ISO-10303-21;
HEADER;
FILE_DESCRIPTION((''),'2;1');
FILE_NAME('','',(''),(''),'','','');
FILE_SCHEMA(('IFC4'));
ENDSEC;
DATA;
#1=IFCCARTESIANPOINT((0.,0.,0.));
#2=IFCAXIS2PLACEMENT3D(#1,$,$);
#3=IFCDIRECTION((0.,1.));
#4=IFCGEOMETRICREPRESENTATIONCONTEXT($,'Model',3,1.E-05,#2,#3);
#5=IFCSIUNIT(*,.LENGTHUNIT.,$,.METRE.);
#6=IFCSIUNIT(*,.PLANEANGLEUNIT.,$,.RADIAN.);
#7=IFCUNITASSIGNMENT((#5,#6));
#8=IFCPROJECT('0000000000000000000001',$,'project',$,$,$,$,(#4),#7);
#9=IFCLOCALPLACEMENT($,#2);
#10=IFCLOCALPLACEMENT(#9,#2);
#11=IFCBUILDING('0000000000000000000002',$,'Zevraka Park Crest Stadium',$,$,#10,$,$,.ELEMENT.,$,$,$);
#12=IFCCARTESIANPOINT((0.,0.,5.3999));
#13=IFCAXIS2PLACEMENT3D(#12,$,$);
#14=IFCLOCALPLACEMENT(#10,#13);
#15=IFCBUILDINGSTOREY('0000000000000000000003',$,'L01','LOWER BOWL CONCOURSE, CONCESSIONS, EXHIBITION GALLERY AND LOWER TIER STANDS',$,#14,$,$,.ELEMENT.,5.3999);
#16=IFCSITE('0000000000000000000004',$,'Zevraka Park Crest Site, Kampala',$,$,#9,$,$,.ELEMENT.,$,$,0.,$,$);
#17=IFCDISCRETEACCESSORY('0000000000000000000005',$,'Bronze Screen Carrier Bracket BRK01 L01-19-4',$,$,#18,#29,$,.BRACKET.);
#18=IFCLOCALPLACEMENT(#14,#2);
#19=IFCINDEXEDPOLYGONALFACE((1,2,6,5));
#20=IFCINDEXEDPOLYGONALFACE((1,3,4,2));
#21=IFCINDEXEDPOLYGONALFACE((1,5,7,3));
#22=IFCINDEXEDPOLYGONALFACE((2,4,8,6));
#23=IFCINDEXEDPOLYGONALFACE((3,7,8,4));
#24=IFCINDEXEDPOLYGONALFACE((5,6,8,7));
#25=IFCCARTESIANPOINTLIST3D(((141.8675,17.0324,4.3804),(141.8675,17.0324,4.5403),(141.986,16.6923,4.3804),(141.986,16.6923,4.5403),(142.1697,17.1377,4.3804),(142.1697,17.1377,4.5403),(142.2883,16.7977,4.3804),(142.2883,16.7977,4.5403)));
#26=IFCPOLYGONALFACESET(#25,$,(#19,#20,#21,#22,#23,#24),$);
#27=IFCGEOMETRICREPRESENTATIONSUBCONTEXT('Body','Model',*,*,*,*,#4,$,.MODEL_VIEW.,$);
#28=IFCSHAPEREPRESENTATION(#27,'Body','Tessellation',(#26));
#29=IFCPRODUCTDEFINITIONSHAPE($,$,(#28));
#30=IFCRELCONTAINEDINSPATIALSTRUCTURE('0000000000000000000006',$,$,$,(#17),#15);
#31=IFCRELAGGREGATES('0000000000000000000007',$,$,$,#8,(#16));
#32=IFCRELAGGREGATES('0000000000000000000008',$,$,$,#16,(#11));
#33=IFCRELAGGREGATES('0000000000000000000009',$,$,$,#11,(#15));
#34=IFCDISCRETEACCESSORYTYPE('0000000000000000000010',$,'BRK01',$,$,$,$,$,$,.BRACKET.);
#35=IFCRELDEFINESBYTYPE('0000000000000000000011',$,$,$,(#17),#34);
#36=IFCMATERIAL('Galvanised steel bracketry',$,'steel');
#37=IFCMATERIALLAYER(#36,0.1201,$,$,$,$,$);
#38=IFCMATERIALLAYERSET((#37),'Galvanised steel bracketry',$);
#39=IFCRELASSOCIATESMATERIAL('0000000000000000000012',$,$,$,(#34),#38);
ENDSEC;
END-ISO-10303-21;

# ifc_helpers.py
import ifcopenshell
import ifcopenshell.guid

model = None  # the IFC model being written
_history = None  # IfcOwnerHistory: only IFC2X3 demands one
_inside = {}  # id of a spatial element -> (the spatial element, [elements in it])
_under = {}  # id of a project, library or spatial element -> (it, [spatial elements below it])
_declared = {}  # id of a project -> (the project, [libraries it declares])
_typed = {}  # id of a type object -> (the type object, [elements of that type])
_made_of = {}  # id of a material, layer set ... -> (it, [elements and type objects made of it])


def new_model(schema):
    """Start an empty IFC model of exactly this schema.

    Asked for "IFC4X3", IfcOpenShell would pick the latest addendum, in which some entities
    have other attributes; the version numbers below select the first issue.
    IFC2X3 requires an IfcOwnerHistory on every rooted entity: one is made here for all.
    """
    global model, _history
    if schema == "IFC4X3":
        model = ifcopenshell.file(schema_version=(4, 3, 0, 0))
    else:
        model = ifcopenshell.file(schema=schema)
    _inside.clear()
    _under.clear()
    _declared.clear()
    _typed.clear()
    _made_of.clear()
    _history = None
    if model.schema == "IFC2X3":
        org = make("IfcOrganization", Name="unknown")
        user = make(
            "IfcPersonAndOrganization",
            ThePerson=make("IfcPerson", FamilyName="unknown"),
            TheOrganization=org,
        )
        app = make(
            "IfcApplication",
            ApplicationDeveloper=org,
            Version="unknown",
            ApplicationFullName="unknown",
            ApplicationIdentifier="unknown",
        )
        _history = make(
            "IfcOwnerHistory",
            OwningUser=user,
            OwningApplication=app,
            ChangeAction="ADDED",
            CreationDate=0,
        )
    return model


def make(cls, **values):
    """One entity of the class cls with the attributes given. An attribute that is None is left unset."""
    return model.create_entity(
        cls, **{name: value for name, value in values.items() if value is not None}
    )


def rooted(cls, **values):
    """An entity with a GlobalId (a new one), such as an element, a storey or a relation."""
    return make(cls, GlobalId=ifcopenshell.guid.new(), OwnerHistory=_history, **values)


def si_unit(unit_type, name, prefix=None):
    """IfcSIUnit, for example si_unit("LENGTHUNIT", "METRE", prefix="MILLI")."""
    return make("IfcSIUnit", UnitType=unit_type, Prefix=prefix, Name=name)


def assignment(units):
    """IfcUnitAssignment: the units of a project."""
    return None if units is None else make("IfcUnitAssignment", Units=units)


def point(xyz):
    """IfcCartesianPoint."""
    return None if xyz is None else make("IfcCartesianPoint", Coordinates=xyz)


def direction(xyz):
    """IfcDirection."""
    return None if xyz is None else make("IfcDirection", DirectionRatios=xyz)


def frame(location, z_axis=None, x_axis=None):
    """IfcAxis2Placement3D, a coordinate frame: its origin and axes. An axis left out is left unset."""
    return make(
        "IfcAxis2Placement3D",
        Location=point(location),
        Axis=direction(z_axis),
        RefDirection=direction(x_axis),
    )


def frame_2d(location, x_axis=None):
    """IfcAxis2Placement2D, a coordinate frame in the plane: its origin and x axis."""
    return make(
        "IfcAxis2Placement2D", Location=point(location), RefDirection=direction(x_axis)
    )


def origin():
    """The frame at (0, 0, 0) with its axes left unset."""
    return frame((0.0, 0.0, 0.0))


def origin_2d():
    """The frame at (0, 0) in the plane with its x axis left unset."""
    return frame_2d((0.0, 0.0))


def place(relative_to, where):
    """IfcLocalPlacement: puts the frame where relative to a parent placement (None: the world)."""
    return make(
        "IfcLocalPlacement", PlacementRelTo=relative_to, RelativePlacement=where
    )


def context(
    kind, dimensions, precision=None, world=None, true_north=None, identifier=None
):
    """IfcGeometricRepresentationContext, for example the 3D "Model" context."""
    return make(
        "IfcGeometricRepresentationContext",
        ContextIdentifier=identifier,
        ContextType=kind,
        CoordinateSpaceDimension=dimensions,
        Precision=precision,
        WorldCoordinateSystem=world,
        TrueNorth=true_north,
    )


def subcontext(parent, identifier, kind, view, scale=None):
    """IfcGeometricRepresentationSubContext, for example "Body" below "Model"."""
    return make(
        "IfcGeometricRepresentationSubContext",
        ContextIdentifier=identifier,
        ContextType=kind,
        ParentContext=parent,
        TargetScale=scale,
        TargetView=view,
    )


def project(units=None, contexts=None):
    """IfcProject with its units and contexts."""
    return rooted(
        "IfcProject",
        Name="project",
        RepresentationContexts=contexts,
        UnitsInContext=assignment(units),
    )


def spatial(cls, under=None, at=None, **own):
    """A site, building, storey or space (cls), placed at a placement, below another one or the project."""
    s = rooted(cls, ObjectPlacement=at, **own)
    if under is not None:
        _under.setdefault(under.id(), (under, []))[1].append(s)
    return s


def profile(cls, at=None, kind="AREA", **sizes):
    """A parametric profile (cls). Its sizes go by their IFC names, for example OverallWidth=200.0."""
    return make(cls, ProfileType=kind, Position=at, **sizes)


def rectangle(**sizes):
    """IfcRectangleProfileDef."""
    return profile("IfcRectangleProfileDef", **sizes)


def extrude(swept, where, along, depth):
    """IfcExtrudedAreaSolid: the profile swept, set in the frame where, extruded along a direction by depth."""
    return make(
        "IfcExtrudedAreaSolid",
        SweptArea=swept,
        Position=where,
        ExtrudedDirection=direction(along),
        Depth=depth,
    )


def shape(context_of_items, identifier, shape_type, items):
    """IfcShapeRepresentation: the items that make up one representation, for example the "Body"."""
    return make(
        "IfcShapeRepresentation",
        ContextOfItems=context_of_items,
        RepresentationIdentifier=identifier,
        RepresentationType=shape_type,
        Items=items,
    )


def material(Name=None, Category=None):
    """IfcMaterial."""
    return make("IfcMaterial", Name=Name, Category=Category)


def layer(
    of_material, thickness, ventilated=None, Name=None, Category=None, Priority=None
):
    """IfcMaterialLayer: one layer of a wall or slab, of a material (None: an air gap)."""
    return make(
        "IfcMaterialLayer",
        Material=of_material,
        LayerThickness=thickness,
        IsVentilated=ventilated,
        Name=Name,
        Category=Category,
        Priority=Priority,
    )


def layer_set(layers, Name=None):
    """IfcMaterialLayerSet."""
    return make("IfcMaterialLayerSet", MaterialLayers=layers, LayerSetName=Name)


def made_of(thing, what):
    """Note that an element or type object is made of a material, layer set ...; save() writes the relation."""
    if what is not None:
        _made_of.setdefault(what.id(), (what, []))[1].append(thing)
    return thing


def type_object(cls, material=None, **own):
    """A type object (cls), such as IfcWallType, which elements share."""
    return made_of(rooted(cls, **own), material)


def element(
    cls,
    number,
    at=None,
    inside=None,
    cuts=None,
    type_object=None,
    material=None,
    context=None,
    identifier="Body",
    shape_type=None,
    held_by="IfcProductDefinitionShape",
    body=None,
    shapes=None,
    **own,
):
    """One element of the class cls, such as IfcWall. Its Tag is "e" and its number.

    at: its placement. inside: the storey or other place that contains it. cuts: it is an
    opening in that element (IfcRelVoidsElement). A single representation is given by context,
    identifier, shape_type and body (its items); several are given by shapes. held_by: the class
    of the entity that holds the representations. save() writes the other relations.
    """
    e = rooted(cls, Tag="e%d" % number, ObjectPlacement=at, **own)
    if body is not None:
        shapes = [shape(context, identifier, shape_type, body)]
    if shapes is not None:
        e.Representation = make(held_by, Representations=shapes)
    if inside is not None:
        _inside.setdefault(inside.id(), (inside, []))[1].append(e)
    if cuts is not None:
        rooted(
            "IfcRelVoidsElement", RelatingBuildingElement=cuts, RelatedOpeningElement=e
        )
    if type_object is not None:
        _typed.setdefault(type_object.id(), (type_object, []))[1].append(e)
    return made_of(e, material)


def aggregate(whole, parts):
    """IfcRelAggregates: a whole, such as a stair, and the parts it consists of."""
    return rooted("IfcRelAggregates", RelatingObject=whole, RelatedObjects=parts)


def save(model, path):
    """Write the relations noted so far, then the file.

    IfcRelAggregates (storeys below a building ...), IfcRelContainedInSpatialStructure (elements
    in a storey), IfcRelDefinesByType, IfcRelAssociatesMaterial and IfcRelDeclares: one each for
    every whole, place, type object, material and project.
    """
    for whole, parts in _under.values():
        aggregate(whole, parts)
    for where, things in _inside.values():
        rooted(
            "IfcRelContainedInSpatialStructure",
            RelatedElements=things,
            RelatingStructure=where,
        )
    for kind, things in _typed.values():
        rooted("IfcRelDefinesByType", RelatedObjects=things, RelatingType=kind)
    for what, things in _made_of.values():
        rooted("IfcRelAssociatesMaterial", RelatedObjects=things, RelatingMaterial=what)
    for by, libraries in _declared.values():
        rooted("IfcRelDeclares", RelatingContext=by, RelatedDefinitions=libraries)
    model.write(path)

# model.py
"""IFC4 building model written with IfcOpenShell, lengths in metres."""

from ifc_helpers import new_model, si_unit, direction, frame, origin, origin_2d, place, context, subcontext, project, spatial, rectangle, extrude, material, layer, layer_set, type_object, element, save


model = new_model("IFC4")

# Units and contexts
model_context = context("Model", 3, precision=1e-05, world=origin(), true_north=direction((0.0, 1.0)))
body_context = subcontext(model_context, "Body", "Model", "MODEL_VIEW")
ifc_project = project(units=[si_unit("LENGTHUNIT", "METRE"), si_unit("PLANEANGLEUNIT", "RADIAN")], contexts=[model_context])

# Site, building, storey
site_placement = place(None, origin())
site = spatial("IfcSite", under=ifc_project, at=site_placement, Name="Zevraka Park Crest Site, Kampala", CompositionType="ELEMENT", RefElevation=0.0)
building_placement = place(site_placement, origin())
building = spatial("IfcBuilding", under=site, at=building_placement, Name="Zevraka Park Crest Stadium", CompositionType="ELEMENT")
storey_placement = place(building_placement, frame((0.0, 0.0, 5.3999)))
storey = spatial("IfcBuildingStorey", under=building, at=storey_placement, Name="L01", Description="LOWER BOWL CONCOURSE, CONCESSIONS, EXHIBITION GALLERY AND LOWER TIER STANDS", CompositionType="ELEMENT", Elevation=5.3999)

# Discrete accessory
ifc_material_1 = material(Name="Galvanised steel bracketry", Category="steel")
ifc_layer_1 = layer(ifc_material_1, 0.1201)
ifc_layer_set_1 = layer_set([ifc_layer_1], Name="Galvanised steel bracketry")
discrete_accessory_type = type_object("IfcDiscreteAccessoryType", Name="BRK01", PredefinedType="BRACKET", material=ifc_layer_set_1)
for number, where, z_axis, x_axis, name in (
    (1, (142.0779, 16.915, 4.3804), (0.0, 0.0, 1.0), (0.944262, 0.329196, 0.0), "Bronze Screen Carrier Bracket BRK01 L01-19-4"),
):
    element("IfcDiscreteAccessory", number, at=place(storey_placement, frame(where, z_axis=z_axis, x_axis=x_axis)), inside=storey, type_object=discrete_accessory_type, Name=name, PredefinedType="BRACKET", context=body_context, shape_type="SweptSolid", body=[
        extrude(rectangle(XDim=0.3201, YDim=0.3601, at=origin_2d()), origin(), (0.0, 0.0, 1.0), 0.1599),
    ])

save(model, "model.ifc")
